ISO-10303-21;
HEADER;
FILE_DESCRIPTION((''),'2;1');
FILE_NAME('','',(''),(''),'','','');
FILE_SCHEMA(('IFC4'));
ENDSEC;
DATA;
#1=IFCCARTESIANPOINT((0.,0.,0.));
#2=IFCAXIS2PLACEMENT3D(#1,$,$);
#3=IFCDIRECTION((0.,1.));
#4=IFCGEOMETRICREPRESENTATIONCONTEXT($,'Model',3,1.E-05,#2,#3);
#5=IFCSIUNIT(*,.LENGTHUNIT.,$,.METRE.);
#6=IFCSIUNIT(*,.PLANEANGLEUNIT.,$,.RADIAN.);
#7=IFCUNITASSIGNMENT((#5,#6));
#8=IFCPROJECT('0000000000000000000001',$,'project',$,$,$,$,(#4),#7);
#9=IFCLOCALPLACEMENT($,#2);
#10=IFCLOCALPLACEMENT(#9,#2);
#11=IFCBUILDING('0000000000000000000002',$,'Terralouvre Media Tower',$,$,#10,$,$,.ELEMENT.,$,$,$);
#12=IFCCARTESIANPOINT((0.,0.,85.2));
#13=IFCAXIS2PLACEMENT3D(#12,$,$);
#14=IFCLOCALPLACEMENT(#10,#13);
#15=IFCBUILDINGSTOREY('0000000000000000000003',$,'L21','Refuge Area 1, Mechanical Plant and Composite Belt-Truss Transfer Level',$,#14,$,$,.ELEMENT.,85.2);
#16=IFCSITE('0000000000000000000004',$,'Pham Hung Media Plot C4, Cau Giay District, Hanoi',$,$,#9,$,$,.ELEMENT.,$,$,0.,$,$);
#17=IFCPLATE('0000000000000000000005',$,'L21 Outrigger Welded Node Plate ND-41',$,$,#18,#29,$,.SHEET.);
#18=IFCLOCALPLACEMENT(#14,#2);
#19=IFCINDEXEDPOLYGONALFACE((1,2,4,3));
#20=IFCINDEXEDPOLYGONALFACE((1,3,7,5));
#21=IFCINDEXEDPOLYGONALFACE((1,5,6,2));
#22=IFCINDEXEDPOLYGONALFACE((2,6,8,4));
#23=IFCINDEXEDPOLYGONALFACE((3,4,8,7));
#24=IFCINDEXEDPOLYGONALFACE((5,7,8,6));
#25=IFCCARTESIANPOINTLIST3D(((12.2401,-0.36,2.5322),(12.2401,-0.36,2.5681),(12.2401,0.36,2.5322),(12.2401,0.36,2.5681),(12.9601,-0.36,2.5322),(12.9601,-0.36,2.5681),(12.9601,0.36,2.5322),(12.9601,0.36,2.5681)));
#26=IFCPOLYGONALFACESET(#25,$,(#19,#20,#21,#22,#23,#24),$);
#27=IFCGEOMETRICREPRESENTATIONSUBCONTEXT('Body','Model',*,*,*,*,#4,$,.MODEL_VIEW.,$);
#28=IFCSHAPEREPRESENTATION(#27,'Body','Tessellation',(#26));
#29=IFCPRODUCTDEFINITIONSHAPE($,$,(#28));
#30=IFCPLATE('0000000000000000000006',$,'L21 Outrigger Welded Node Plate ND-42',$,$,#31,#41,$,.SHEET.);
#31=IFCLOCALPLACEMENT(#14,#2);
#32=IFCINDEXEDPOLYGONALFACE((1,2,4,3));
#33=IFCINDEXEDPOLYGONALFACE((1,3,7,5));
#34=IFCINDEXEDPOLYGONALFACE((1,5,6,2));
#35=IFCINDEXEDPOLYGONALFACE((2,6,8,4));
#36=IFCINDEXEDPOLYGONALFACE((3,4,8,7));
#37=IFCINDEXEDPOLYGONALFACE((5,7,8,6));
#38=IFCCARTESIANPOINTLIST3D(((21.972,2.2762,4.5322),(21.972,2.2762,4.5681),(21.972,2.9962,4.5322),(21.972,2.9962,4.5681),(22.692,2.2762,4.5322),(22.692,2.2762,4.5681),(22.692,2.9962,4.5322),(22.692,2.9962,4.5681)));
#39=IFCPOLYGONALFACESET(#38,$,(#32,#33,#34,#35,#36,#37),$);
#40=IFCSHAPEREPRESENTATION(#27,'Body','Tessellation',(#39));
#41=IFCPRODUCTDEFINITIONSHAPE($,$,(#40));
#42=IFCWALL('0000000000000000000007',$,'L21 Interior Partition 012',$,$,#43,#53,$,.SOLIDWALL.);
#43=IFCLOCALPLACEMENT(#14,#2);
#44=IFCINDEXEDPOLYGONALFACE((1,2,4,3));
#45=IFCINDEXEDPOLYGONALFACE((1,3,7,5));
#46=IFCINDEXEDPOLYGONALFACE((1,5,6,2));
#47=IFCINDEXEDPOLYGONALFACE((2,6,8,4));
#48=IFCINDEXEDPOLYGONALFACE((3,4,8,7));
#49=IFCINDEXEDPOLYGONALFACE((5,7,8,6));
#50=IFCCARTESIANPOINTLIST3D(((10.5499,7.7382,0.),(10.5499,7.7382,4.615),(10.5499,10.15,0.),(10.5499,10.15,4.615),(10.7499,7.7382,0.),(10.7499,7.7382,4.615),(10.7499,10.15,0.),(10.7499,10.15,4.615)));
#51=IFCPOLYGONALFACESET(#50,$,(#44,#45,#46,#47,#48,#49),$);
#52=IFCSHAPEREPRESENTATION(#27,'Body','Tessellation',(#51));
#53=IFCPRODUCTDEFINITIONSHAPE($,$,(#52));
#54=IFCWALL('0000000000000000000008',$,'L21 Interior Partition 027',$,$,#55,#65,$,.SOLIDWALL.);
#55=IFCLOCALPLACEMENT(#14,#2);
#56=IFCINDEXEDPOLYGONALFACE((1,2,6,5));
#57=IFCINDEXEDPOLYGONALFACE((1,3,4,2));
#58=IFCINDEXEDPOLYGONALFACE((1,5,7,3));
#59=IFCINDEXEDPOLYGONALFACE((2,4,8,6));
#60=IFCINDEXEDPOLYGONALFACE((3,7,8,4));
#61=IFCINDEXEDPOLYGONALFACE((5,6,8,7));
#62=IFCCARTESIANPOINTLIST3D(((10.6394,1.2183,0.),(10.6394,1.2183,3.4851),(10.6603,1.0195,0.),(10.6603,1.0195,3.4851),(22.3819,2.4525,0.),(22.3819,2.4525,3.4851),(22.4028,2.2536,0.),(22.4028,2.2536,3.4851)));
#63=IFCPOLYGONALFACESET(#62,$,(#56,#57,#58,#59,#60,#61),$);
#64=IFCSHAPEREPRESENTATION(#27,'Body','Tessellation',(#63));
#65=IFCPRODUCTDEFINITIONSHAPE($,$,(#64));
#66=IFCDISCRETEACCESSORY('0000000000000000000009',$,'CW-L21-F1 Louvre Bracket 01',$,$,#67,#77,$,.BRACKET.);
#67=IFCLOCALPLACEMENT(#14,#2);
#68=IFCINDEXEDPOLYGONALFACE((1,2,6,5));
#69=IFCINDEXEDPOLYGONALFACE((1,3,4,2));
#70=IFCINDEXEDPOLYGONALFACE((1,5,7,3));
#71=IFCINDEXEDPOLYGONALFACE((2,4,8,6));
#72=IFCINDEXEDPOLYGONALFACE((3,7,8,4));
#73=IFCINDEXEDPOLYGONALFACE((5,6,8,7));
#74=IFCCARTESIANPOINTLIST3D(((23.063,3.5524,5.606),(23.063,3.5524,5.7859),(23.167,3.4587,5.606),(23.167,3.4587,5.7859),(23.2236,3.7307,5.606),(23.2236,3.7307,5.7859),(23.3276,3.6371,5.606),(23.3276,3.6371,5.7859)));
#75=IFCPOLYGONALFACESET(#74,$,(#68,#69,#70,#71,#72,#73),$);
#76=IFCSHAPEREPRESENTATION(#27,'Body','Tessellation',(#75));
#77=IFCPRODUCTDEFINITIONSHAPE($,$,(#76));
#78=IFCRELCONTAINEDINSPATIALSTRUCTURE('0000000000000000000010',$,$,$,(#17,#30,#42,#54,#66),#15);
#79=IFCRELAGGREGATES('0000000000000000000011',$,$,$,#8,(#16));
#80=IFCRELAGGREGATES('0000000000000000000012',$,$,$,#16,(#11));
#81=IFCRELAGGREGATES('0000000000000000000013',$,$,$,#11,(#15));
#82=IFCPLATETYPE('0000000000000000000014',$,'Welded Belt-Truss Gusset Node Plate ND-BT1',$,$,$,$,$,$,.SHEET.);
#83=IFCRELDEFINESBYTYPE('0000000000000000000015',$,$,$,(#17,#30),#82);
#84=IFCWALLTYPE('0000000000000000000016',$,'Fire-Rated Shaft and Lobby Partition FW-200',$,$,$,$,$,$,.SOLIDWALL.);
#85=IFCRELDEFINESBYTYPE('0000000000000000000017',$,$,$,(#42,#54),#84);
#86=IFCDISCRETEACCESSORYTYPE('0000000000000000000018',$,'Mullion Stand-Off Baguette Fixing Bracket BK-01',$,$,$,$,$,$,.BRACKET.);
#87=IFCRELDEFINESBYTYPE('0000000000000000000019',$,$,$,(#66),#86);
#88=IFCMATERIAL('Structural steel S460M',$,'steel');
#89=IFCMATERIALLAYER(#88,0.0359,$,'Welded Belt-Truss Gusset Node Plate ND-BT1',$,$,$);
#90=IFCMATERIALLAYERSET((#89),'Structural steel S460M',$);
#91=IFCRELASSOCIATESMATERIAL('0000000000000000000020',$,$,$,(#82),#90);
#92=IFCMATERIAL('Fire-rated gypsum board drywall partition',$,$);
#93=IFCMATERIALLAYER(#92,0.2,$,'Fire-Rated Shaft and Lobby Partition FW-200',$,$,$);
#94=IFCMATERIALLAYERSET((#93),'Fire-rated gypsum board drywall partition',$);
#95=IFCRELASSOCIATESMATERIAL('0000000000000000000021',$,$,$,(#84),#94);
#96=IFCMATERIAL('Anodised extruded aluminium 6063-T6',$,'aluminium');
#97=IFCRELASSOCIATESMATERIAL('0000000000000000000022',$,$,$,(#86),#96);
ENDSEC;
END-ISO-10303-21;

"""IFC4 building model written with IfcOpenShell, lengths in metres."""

from ifc_helpers import new_model, si_unit, direction, frame, frame_2d, origin, origin_2d, place, context, subcontext, project, spatial, rectangle, extrude, material, layer, layer_set, type_object, element, save


model = new_model("IFC4")

# Units and contexts
model_context = context("Model", 3, precision=1e-05, world=origin(), true_north=direction((0.0, 1.0)))
body_context = subcontext(model_context, "Body", "Model", "MODEL_VIEW")
ifc_project = project(units=[si_unit("LENGTHUNIT", "METRE"), si_unit("PLANEANGLEUNIT", "RADIAN")], contexts=[model_context])

# Site, building, storey
site_placement = place(None, origin())
site = spatial("IfcSite", under=ifc_project, at=site_placement, Name="Pham Hung Media Plot C4, Cau Giay District, Hanoi", CompositionType="ELEMENT", RefElevation=0.0)
building_placement = place(site_placement, origin())
building = spatial("IfcBuilding", under=site, at=building_placement, Name="Terralouvre Media Tower", CompositionType="ELEMENT")
storey_placement = place(building_placement, frame((0.0, 0.0, 85.2)))
storey = spatial("IfcBuildingStorey", under=building, at=storey_placement, Name="L21", Description="Refuge Area 1, Mechanical Plant and Composite Belt-Truss Transfer Level", CompositionType="ELEMENT", Elevation=85.2)

# Plates
ifc_material_1 = material(Name="Structural steel S460M", Category="steel")
ifc_layer_1 = layer(ifc_material_1, 0.0359, Name="Welded Belt-Truss Gusset Node Plate ND-BT1")
ifc_layer_set_1 = layer_set([ifc_layer_1], Name="Structural steel S460M")
plate_type_1 = type_object("IfcPlateType", Name="Welded Belt-Truss Gusset Node Plate ND-BT1", PredefinedType="SHEET", material=ifc_layer_set_1)
for number, where, z_axis, x_axis, name in (
    (1, (12.6001, 0.0, 2.5322), (0.0, 0.0, 1.0), (1.0, 0.0, 0.0), "L21 Outrigger Welded Node Plate ND-41"),
    (2, (22.332, 2.6362, 4.5322), (0.0, 0.0, 1.0), (1.0, 0.0, 0.0), "L21 Outrigger Welded Node Plate ND-42"),
):
    element("IfcPlate", number, at=place(storey_placement, frame(where, z_axis=z_axis, x_axis=x_axis)), inside=storey, type_object=plate_type_1, Name=name, PredefinedType="SHEET", context=body_context, shape_type="SweptSolid", body=[
        extrude(rectangle(XDim=0.72, YDim=0.72, at=origin_2d()), origin(), (0.0, 0.0, 1.0), 0.0359),
    ])

# Walls
ifc_material_2 = material(Name="Fire-rated gypsum board drywall partition")
ifc_layer_2 = layer(ifc_material_2, 0.2, Name="Fire-Rated Shaft and Lobby Partition FW-200")
ifc_layer_set_2 = layer_set([ifc_layer_2], Name="Fire-rated gypsum board drywall partition")
wall_type = type_object("IfcWallType", Name="Fire-Rated Shaft and Lobby Partition FW-200", PredefinedType="SOLIDWALL", material=ifc_layer_set_2)
wall_1_placement = place(storey_placement, frame((10.6499, 7.738, 0.0), z_axis=(0.0, 0.0, 1.0), x_axis=(0.0, 1.0, 0.0)))
element("IfcWall", 3, at=wall_1_placement, inside=storey, type_object=wall_type, Name="L21 Interior Partition 012", PredefinedType="SOLIDWALL", context=body_context, shape_type="SweptSolid", body=[
    extrude(rectangle(XDim=2.4119, YDim=0.2, at=frame_2d((1.2061, 0.0))), origin(), (0.0, 0.0, 1.0), 4.615),
])
wall_2_placement = place(storey_placement, frame((22.3923, 2.353, 0.0), z_axis=(0.0, 0.0, 1.0), x_axis=(-0.994522, -0.104524, 0.0)))
element("IfcWall", 4, at=wall_2_placement, inside=storey, type_object=wall_type, Name="L21 Interior Partition 027", PredefinedType="SOLIDWALL", context=body_context, shape_type="SweptSolid", body=[
    extrude(rectangle(XDim=11.8071, YDim=0.2, at=frame_2d((5.9036, 0.0))), origin(), (0.0, 0.0, 1.0), 3.4851),
])

# Discrete accessory
ifc_material_3 = material(Name="Anodised extruded aluminium 6063-T6", Category="aluminium")
discrete_accessory_type = type_object("IfcDiscreteAccessoryType", Name="Mullion Stand-Off Baguette Fixing Bracket BK-01", PredefinedType="BRACKET", material=ifc_material_3)
discrete_accessory_placement = place(storey_placement, frame((23.1953, 3.5947, 5.606), z_axis=(0.0, 0.0, 1.0), x_axis=(-0.743145, 0.669131, 0.0)))
element("IfcDiscreteAccessory", 5, at=discrete_accessory_placement, inside=storey, type_object=discrete_accessory_type, Name="CW-L21-F1 Louvre Bracket 01", PredefinedType="BRACKET", context=body_context, shape_type="SweptSolid", body=[
    extrude(rectangle(XDim=0.1399, YDim=0.24, at=origin_2d()), origin(), (0.0, 0.0, 1.0), 0.1799),
])

save(model, "model.ifc")
